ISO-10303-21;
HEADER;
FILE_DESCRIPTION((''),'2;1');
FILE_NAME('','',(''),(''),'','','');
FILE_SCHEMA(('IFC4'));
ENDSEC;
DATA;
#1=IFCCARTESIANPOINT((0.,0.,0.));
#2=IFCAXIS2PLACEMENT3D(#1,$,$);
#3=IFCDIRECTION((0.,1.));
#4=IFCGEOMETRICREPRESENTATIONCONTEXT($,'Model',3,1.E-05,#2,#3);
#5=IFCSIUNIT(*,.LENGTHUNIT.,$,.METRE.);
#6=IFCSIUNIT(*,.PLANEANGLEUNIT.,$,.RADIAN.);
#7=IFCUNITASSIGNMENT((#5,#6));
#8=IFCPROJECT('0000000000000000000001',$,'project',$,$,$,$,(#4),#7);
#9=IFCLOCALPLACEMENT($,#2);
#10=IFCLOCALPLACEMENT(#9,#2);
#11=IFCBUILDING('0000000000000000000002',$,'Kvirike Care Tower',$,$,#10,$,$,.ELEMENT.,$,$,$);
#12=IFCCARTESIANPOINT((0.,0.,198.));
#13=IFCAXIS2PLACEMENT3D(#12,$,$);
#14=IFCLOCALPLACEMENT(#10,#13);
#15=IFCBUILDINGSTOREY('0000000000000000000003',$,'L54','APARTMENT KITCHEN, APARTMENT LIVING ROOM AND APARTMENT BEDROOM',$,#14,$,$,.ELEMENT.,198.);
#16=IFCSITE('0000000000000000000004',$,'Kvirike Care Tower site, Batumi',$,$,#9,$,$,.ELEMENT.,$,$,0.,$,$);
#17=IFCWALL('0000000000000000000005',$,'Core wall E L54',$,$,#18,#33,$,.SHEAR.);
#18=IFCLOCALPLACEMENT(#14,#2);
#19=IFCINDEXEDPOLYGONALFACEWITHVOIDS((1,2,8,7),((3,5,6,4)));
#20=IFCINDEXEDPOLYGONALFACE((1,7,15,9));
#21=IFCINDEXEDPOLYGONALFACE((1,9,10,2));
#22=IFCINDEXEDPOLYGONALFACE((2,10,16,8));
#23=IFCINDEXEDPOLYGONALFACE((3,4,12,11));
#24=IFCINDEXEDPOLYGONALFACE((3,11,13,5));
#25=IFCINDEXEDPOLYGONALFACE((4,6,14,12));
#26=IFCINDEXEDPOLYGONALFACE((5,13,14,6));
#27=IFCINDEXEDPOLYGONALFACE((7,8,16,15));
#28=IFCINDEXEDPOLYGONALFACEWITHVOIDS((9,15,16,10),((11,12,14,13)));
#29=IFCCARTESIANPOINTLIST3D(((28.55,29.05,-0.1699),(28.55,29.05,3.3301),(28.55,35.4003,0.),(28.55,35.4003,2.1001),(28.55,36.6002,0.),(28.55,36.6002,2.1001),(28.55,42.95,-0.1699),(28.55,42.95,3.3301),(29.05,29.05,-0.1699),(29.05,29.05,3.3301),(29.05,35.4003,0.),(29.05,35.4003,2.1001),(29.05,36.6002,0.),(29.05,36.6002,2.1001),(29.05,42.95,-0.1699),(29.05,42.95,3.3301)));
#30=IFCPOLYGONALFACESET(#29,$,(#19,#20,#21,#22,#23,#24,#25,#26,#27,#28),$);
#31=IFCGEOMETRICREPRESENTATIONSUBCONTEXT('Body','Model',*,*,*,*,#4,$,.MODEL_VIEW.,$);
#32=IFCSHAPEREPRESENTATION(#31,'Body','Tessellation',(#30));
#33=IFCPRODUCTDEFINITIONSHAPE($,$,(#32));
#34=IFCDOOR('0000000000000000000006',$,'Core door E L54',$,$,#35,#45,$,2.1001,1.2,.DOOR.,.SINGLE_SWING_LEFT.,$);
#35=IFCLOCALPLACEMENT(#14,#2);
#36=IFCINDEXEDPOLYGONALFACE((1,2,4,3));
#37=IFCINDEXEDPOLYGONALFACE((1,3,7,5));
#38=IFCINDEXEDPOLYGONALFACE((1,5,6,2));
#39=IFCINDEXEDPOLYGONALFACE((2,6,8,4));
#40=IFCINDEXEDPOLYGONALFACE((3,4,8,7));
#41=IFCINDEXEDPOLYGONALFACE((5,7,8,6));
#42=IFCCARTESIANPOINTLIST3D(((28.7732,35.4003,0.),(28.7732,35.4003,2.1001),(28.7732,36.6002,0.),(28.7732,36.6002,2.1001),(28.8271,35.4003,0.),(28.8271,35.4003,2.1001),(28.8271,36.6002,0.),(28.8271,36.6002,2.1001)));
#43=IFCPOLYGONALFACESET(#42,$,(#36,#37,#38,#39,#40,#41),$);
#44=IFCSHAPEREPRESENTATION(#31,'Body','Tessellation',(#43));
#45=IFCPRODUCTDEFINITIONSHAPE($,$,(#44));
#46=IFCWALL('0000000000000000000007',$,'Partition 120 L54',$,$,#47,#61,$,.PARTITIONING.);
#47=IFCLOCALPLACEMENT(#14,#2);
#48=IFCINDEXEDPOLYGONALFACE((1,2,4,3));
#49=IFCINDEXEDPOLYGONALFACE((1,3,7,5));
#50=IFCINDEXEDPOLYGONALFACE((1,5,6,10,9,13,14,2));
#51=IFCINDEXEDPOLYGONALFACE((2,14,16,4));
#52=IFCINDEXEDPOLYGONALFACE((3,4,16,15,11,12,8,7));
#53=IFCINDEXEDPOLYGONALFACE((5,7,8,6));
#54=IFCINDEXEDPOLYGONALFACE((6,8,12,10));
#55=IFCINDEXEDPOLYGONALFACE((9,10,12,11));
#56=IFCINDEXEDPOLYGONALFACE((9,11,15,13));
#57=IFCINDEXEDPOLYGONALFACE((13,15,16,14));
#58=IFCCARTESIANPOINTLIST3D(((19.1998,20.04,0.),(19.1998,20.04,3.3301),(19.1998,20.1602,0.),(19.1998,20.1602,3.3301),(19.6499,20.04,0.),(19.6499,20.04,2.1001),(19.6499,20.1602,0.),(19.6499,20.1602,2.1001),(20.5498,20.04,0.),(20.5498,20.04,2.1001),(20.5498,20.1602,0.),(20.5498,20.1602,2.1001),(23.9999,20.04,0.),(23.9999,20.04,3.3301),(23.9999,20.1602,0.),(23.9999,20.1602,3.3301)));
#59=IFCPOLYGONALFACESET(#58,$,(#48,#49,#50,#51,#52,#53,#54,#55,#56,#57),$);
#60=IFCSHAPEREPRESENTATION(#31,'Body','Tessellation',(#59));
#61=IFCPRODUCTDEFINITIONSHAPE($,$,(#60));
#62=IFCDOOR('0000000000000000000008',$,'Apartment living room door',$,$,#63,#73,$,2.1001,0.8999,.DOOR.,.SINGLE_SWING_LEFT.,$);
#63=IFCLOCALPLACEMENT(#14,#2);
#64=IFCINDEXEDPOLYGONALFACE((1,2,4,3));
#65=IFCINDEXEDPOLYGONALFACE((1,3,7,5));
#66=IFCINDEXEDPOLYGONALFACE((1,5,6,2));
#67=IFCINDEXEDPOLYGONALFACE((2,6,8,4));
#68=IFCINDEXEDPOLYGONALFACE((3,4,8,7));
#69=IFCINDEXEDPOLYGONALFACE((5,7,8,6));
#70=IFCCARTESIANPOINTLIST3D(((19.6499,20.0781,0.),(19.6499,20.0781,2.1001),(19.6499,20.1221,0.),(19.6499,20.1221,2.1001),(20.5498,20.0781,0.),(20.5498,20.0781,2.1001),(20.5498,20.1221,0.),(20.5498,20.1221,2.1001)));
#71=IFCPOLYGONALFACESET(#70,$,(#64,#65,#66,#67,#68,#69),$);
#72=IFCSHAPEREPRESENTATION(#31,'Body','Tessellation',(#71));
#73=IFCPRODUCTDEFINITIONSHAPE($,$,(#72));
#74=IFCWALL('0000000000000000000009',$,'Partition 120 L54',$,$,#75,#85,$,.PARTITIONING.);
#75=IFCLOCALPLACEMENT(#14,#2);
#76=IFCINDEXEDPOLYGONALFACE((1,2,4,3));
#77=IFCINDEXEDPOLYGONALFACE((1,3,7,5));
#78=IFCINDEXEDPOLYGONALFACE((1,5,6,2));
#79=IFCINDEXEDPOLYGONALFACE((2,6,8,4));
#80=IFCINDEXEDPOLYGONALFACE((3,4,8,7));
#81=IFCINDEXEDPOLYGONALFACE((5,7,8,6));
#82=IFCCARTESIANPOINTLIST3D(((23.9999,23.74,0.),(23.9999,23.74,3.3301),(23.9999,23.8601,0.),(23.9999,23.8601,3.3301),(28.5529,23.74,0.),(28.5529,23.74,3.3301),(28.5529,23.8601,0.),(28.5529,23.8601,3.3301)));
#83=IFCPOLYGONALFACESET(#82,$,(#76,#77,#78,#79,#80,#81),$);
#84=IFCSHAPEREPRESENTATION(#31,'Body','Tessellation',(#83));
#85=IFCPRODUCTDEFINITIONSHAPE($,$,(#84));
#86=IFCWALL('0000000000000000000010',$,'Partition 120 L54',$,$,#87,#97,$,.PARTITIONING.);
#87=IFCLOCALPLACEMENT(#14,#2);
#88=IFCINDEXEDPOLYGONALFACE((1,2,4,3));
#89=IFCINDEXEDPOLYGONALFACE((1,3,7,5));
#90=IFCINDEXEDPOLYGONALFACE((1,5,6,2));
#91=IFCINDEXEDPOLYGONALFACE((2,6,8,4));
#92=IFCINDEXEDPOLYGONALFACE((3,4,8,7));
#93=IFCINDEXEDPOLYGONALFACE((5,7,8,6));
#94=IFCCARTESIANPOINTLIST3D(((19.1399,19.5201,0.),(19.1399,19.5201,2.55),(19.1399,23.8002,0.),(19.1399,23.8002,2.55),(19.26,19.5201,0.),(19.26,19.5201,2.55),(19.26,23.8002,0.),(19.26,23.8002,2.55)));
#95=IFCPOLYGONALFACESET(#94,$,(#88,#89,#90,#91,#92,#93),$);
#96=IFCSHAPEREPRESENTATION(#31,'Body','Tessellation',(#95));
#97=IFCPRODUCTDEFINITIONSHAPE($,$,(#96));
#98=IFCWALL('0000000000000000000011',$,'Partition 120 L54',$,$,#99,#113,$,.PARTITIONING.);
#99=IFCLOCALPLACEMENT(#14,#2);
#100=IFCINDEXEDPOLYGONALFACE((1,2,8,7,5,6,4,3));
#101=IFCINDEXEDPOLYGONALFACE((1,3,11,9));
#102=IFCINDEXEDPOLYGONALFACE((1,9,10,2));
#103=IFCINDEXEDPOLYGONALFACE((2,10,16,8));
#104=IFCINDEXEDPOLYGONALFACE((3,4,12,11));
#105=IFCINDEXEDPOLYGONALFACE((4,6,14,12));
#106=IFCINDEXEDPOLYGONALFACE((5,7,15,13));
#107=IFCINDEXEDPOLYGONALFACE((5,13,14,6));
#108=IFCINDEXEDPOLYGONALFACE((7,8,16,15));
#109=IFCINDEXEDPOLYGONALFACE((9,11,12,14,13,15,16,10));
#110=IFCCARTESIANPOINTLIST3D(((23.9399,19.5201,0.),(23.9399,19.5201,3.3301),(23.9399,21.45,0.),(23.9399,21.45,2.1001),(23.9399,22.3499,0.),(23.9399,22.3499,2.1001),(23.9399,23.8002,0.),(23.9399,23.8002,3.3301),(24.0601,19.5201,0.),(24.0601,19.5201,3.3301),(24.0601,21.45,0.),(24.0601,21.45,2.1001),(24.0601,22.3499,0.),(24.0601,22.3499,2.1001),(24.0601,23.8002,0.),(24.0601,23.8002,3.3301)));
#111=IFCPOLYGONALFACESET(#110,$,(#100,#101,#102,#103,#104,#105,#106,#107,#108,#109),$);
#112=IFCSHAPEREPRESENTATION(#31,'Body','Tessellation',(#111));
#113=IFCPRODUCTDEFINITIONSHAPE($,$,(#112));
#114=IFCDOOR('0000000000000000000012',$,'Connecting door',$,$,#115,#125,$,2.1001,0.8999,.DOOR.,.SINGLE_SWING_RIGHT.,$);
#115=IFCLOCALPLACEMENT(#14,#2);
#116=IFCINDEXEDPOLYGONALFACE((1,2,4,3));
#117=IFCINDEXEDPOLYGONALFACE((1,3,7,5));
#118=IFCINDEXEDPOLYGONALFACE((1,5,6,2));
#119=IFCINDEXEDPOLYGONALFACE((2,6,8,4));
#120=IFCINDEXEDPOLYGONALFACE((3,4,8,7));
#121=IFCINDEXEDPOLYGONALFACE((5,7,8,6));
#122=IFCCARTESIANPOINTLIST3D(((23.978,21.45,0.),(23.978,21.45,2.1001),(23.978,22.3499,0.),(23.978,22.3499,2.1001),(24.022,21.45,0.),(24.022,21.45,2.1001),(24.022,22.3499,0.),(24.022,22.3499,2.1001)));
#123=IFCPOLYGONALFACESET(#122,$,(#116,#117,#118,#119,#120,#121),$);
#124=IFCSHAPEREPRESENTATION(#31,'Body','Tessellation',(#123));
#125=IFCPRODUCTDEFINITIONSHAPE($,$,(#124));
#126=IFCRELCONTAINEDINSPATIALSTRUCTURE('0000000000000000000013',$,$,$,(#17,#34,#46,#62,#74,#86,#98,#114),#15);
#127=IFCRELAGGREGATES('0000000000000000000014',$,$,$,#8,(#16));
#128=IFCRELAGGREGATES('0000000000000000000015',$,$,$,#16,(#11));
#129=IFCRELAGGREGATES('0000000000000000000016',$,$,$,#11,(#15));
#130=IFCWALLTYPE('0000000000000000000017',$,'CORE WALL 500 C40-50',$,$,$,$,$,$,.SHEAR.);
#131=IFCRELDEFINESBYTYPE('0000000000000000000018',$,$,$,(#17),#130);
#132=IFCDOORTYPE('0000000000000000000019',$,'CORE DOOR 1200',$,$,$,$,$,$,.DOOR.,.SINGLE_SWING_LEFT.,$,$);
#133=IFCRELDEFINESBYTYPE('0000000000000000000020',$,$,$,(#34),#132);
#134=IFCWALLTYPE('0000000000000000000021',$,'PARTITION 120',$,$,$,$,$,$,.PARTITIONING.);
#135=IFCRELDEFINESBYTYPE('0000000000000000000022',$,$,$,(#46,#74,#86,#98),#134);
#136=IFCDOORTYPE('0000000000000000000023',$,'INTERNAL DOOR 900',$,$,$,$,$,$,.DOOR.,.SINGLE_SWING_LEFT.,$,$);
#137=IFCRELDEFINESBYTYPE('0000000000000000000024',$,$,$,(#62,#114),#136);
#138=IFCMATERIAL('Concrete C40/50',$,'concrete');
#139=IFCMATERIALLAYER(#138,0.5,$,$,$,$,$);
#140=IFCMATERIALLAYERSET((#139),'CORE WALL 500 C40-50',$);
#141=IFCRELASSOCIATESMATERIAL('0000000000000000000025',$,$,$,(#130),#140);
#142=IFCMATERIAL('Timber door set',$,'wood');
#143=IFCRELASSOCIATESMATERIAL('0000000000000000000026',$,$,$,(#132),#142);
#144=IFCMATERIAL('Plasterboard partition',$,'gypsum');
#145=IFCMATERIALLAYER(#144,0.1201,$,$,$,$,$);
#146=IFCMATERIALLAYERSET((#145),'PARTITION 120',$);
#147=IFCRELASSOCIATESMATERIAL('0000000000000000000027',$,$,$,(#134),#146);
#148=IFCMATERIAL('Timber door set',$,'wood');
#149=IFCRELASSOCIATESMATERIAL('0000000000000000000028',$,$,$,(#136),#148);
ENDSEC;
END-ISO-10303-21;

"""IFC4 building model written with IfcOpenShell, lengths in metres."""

from ifc_helpers import new_model, si_unit, direction, frame, frame_2d, origin, place, context, subcontext, project, spatial, rectangle, extrude, material, layer, layer_set, type_object, element, fill, save


model = new_model("IFC4")

# Units and contexts
model_context = context("Model", 3, precision=1e-05, world=origin(), true_north=direction((0.0, 1.0)))
body_context = subcontext(model_context, "Body", "Model", "MODEL_VIEW")
ifc_project = project(units=[si_unit("LENGTHUNIT", "METRE"), si_unit("PLANEANGLEUNIT", "RADIAN")], contexts=[model_context])

# Site, building, storey
site_placement = place(None, origin())
site = spatial("IfcSite", under=ifc_project, at=site_placement, Name="Kvirike Care Tower site, Batumi", CompositionType="ELEMENT", RefElevation=0.0)
building_placement = place(site_placement, origin())
building = spatial("IfcBuilding", under=site, at=building_placement, Name="Kvirike Care Tower", CompositionType="ELEMENT")
storey_placement = place(building_placement, frame((0.0, 0.0, 198.0)))
storey = spatial("IfcBuildingStorey", under=building, at=storey_placement, Name="L54", Description="APARTMENT KITCHEN, APARTMENT LIVING ROOM AND APARTMENT BEDROOM", CompositionType="ELEMENT", Elevation=198.0)

# Walls, openings, doors
ifc_material_1 = material(Name="Concrete C40/50", Category="concrete")
ifc_layer_1 = layer(ifc_material_1, 0.5)
ifc_layer_set_1 = layer_set([ifc_layer_1], Name="CORE WALL 500 C40-50")
wall_type_1 = type_object("IfcWallType", Name="CORE WALL 500 C40-50", PredefinedType="SHEAR", material=ifc_layer_set_1)
wall_1_placement = place(storey_placement, frame((28.8, 29.05, -0.1699), z_axis=(0.0, 0.0, 1.0), x_axis=(0.0, 1.0, 0.0)))
wall_1 = element("IfcWall", 1, at=wall_1_placement, inside=storey, type_object=wall_type_1, Name="Core wall E L54", PredefinedType="SHEAR", context=body_context, shape_type="SweptSolid", body=[
    extrude(rectangle(XDim=13.8999, YDim=0.5, at=frame_2d((6.95, 0.0))), origin(), (0.0, 0.0, 1.0), 3.5),
])
opening_1_placement = place(wall_1_placement, frame((6.3501, 0.0, 0.1699)))
opening_1 = element("IfcOpeningElement", 2, at=opening_1_placement, cuts=wall_1, PredefinedType="OPENING", context=body_context, shape_type="SweptSolid", body=[
    extrude(rectangle(XDim=1.2, YDim=2.1001, at=frame_2d((0.6001, 1.05))), frame((0.0, 0.2605, 0.0), z_axis=(0.0, -1.0, 0.0), x_axis=(1.0, 0.0, 0.0)), (0.0, 0.0, 1.0), 0.521),
])
ifc_material_2 = material(Name="Timber door set", Category="wood")
door_type_1 = type_object("IfcDoorType", Name="CORE DOOR 1200", OperationType="SINGLE_SWING_LEFT", PredefinedType="DOOR", material=ifc_material_2)
door_1_placement = place(opening_1_placement, origin())
door_1 = element("IfcDoor", 3, at=door_1_placement, inside=storey, type_object=door_type_1, Name="Core door E L54", OperationType="SINGLE_SWING_LEFT", OverallHeight=2.1001, OverallWidth=1.2, PredefinedType="DOOR", context=body_context, shape_type="SweptSolid", body=[
    extrude(rectangle(XDim=1.2, YDim=2.1001, at=frame_2d((0.6001, 1.05))), frame((0.0, 0.0269, 0.0), z_axis=(0.0, -1.0, 0.0), x_axis=(1.0, 0.0, 0.0)), (0.0, 0.0, 1.0), 0.054),
])
fill(opening_1, door_1)
ifc_material_3 = material(Name="Plasterboard partition", Category="gypsum")
ifc_layer_2 = layer(ifc_material_3, 0.1201)
ifc_layer_set_2 = layer_set([ifc_layer_2], Name="PARTITION 120")
wall_type_2 = type_object("IfcWallType", Name="PARTITION 120", PredefinedType="PARTITIONING", material=ifc_layer_set_2)
wall_2_placement = place(storey_placement, frame((19.2, 20.1001, 0.0), z_axis=(0.0, 0.0, 1.0), x_axis=(1.0, 0.0, 0.0)))
wall_2 = element("IfcWall", 4, at=wall_2_placement, inside=storey, type_object=wall_type_2, Name="Partition 120 L54", PredefinedType="PARTITIONING", context=body_context, shape_type="SweptSolid", body=[
    extrude(rectangle(XDim=4.8, YDim=0.1201, at=frame_2d((2.3999, 0.0))), origin(), (0.0, 0.0, 1.0), 3.3301),
])
opening_2_placement = place(wall_2_placement, frame((0.45, 0.0, 0.0)))
opening_2 = element("IfcOpeningElement", 5, at=opening_2_placement, cuts=wall_2, PredefinedType="OPENING", context=body_context, shape_type="SweptSolid", body=[
    extrude(rectangle(XDim=0.8999, YDim=2.1001, at=frame_2d((0.45, 1.05))), frame((0.0, 0.0706, 0.0), z_axis=(0.0, -1.0, 0.0), x_axis=(1.0, 0.0, 0.0)), (0.0, 0.0, 1.0), 0.1411),
])
ifc_material_4 = material(Name="Timber door set", Category="wood")
door_type_2 = type_object("IfcDoorType", Name="INTERNAL DOOR 900", OperationType="SINGLE_SWING_LEFT", PredefinedType="DOOR", material=ifc_material_4)
door_2_placement = place(opening_2_placement, frame((0.8999, 0.0, 0.0), z_axis=(0.0, 0.0, 1.0), x_axis=(-1.0, 0.0, 0.0)))
door_2 = element("IfcDoor", 6, at=door_2_placement, inside=storey, type_object=door_type_2, Name="Apartment living room door", OperationType="SINGLE_SWING_LEFT", OverallHeight=2.1001, OverallWidth=0.8999, PredefinedType="DOOR", context=body_context, shape_type="SweptSolid", body=[
    extrude(rectangle(XDim=0.8999, YDim=2.1001, at=frame_2d((0.45, 1.05))), frame((0.0, 0.022, 0.0), z_axis=(0.0, -1.0, 0.0), x_axis=(1.0, 0.0, 0.0)), (0.0, 0.0, 1.0), 0.0439),
])
fill(opening_2, door_2)

# Walls
wall_3_placement = place(storey_placement, frame((24.0, 23.8, 0.0), z_axis=(0.0, 0.0, 1.0), x_axis=(1.0, 0.0, 0.0)))
element("IfcWall", 7, at=wall_3_placement, inside=storey, type_object=wall_type_2, Name="Partition 120 L54", PredefinedType="PARTITIONING", context=body_context, shape_type="SweptSolid", body=[
    extrude(rectangle(XDim=4.553, YDim=0.1201, at=frame_2d((2.2764, 0.0))), origin(), (0.0, 0.0, 1.0), 3.3301),
])
wall_4_placement = place(storey_placement, frame((19.2, 19.52, 0.0), z_axis=(0.0, 0.0, 1.0), x_axis=(0.0, 1.0, 0.0)))
element("IfcWall", 8, at=wall_4_placement, inside=storey, type_object=wall_type_2, Name="Partition 120 L54", PredefinedType="PARTITIONING", context=body_context, shape_type="SweptSolid", body=[
    extrude(rectangle(XDim=4.28, YDim=0.1201, at=frame_2d((2.1401, 0.0))), origin(), (0.0, 0.0, 1.0), 2.55),
])

# Wall, opening, door
wall_5_placement = place(storey_placement, frame((24.0, 19.52, 0.0), z_axis=(0.0, 0.0, 1.0), x_axis=(0.0, 1.0, 0.0)))
wall_5 = element("IfcWall", 9, at=wall_5_placement, inside=storey, type_object=wall_type_2, Name="Partition 120 L54", PredefinedType="PARTITIONING", context=body_context, shape_type="SweptSolid", body=[
    extrude(rectangle(XDim=4.28, YDim=0.1201, at=frame_2d((2.1401, 0.0))), origin(), (0.0, 0.0, 1.0), 3.3301),
])
opening_3_placement = place(wall_5_placement, frame((1.9299, 0.0, 0.0)))
opening_3 = element("IfcOpeningElement", 10, at=opening_3_placement, cuts=wall_5, PredefinedType="OPENING", context=body_context, shape_type="SweptSolid", body=[
    extrude(rectangle(XDim=0.8999, YDim=2.1001, at=frame_2d((0.45, 1.05))), frame((0.0, 0.0706, 0.0), z_axis=(0.0, -1.0, 0.0), x_axis=(1.0, 0.0, 0.0)), (0.0, 0.0, 1.0), 0.1411),
])
door_3_placement = place(opening_3_placement, frame((0.8999, 0.0, 0.0), z_axis=(0.0, 0.0, 1.0), x_axis=(-1.0, 0.0, 0.0)))
door_3 = element("IfcDoor", 11, at=door_3_placement, inside=storey, type_object=door_type_2, Name="Connecting door", OperationType="SINGLE_SWING_RIGHT", OverallHeight=2.1001, OverallWidth=0.8999, PredefinedType="DOOR", context=body_context, shape_type="SweptSolid", body=[
    extrude(rectangle(XDim=0.8999, YDim=2.1001, at=frame_2d((0.45, 1.05))), frame((0.0, 0.022, 0.0), z_axis=(0.0, -1.0, 0.0), x_axis=(1.0, 0.0, 0.0)), (0.0, 0.0, 1.0), 0.0439),
])
fill(opening_3, door_3)

save(model, "model.ifc")
